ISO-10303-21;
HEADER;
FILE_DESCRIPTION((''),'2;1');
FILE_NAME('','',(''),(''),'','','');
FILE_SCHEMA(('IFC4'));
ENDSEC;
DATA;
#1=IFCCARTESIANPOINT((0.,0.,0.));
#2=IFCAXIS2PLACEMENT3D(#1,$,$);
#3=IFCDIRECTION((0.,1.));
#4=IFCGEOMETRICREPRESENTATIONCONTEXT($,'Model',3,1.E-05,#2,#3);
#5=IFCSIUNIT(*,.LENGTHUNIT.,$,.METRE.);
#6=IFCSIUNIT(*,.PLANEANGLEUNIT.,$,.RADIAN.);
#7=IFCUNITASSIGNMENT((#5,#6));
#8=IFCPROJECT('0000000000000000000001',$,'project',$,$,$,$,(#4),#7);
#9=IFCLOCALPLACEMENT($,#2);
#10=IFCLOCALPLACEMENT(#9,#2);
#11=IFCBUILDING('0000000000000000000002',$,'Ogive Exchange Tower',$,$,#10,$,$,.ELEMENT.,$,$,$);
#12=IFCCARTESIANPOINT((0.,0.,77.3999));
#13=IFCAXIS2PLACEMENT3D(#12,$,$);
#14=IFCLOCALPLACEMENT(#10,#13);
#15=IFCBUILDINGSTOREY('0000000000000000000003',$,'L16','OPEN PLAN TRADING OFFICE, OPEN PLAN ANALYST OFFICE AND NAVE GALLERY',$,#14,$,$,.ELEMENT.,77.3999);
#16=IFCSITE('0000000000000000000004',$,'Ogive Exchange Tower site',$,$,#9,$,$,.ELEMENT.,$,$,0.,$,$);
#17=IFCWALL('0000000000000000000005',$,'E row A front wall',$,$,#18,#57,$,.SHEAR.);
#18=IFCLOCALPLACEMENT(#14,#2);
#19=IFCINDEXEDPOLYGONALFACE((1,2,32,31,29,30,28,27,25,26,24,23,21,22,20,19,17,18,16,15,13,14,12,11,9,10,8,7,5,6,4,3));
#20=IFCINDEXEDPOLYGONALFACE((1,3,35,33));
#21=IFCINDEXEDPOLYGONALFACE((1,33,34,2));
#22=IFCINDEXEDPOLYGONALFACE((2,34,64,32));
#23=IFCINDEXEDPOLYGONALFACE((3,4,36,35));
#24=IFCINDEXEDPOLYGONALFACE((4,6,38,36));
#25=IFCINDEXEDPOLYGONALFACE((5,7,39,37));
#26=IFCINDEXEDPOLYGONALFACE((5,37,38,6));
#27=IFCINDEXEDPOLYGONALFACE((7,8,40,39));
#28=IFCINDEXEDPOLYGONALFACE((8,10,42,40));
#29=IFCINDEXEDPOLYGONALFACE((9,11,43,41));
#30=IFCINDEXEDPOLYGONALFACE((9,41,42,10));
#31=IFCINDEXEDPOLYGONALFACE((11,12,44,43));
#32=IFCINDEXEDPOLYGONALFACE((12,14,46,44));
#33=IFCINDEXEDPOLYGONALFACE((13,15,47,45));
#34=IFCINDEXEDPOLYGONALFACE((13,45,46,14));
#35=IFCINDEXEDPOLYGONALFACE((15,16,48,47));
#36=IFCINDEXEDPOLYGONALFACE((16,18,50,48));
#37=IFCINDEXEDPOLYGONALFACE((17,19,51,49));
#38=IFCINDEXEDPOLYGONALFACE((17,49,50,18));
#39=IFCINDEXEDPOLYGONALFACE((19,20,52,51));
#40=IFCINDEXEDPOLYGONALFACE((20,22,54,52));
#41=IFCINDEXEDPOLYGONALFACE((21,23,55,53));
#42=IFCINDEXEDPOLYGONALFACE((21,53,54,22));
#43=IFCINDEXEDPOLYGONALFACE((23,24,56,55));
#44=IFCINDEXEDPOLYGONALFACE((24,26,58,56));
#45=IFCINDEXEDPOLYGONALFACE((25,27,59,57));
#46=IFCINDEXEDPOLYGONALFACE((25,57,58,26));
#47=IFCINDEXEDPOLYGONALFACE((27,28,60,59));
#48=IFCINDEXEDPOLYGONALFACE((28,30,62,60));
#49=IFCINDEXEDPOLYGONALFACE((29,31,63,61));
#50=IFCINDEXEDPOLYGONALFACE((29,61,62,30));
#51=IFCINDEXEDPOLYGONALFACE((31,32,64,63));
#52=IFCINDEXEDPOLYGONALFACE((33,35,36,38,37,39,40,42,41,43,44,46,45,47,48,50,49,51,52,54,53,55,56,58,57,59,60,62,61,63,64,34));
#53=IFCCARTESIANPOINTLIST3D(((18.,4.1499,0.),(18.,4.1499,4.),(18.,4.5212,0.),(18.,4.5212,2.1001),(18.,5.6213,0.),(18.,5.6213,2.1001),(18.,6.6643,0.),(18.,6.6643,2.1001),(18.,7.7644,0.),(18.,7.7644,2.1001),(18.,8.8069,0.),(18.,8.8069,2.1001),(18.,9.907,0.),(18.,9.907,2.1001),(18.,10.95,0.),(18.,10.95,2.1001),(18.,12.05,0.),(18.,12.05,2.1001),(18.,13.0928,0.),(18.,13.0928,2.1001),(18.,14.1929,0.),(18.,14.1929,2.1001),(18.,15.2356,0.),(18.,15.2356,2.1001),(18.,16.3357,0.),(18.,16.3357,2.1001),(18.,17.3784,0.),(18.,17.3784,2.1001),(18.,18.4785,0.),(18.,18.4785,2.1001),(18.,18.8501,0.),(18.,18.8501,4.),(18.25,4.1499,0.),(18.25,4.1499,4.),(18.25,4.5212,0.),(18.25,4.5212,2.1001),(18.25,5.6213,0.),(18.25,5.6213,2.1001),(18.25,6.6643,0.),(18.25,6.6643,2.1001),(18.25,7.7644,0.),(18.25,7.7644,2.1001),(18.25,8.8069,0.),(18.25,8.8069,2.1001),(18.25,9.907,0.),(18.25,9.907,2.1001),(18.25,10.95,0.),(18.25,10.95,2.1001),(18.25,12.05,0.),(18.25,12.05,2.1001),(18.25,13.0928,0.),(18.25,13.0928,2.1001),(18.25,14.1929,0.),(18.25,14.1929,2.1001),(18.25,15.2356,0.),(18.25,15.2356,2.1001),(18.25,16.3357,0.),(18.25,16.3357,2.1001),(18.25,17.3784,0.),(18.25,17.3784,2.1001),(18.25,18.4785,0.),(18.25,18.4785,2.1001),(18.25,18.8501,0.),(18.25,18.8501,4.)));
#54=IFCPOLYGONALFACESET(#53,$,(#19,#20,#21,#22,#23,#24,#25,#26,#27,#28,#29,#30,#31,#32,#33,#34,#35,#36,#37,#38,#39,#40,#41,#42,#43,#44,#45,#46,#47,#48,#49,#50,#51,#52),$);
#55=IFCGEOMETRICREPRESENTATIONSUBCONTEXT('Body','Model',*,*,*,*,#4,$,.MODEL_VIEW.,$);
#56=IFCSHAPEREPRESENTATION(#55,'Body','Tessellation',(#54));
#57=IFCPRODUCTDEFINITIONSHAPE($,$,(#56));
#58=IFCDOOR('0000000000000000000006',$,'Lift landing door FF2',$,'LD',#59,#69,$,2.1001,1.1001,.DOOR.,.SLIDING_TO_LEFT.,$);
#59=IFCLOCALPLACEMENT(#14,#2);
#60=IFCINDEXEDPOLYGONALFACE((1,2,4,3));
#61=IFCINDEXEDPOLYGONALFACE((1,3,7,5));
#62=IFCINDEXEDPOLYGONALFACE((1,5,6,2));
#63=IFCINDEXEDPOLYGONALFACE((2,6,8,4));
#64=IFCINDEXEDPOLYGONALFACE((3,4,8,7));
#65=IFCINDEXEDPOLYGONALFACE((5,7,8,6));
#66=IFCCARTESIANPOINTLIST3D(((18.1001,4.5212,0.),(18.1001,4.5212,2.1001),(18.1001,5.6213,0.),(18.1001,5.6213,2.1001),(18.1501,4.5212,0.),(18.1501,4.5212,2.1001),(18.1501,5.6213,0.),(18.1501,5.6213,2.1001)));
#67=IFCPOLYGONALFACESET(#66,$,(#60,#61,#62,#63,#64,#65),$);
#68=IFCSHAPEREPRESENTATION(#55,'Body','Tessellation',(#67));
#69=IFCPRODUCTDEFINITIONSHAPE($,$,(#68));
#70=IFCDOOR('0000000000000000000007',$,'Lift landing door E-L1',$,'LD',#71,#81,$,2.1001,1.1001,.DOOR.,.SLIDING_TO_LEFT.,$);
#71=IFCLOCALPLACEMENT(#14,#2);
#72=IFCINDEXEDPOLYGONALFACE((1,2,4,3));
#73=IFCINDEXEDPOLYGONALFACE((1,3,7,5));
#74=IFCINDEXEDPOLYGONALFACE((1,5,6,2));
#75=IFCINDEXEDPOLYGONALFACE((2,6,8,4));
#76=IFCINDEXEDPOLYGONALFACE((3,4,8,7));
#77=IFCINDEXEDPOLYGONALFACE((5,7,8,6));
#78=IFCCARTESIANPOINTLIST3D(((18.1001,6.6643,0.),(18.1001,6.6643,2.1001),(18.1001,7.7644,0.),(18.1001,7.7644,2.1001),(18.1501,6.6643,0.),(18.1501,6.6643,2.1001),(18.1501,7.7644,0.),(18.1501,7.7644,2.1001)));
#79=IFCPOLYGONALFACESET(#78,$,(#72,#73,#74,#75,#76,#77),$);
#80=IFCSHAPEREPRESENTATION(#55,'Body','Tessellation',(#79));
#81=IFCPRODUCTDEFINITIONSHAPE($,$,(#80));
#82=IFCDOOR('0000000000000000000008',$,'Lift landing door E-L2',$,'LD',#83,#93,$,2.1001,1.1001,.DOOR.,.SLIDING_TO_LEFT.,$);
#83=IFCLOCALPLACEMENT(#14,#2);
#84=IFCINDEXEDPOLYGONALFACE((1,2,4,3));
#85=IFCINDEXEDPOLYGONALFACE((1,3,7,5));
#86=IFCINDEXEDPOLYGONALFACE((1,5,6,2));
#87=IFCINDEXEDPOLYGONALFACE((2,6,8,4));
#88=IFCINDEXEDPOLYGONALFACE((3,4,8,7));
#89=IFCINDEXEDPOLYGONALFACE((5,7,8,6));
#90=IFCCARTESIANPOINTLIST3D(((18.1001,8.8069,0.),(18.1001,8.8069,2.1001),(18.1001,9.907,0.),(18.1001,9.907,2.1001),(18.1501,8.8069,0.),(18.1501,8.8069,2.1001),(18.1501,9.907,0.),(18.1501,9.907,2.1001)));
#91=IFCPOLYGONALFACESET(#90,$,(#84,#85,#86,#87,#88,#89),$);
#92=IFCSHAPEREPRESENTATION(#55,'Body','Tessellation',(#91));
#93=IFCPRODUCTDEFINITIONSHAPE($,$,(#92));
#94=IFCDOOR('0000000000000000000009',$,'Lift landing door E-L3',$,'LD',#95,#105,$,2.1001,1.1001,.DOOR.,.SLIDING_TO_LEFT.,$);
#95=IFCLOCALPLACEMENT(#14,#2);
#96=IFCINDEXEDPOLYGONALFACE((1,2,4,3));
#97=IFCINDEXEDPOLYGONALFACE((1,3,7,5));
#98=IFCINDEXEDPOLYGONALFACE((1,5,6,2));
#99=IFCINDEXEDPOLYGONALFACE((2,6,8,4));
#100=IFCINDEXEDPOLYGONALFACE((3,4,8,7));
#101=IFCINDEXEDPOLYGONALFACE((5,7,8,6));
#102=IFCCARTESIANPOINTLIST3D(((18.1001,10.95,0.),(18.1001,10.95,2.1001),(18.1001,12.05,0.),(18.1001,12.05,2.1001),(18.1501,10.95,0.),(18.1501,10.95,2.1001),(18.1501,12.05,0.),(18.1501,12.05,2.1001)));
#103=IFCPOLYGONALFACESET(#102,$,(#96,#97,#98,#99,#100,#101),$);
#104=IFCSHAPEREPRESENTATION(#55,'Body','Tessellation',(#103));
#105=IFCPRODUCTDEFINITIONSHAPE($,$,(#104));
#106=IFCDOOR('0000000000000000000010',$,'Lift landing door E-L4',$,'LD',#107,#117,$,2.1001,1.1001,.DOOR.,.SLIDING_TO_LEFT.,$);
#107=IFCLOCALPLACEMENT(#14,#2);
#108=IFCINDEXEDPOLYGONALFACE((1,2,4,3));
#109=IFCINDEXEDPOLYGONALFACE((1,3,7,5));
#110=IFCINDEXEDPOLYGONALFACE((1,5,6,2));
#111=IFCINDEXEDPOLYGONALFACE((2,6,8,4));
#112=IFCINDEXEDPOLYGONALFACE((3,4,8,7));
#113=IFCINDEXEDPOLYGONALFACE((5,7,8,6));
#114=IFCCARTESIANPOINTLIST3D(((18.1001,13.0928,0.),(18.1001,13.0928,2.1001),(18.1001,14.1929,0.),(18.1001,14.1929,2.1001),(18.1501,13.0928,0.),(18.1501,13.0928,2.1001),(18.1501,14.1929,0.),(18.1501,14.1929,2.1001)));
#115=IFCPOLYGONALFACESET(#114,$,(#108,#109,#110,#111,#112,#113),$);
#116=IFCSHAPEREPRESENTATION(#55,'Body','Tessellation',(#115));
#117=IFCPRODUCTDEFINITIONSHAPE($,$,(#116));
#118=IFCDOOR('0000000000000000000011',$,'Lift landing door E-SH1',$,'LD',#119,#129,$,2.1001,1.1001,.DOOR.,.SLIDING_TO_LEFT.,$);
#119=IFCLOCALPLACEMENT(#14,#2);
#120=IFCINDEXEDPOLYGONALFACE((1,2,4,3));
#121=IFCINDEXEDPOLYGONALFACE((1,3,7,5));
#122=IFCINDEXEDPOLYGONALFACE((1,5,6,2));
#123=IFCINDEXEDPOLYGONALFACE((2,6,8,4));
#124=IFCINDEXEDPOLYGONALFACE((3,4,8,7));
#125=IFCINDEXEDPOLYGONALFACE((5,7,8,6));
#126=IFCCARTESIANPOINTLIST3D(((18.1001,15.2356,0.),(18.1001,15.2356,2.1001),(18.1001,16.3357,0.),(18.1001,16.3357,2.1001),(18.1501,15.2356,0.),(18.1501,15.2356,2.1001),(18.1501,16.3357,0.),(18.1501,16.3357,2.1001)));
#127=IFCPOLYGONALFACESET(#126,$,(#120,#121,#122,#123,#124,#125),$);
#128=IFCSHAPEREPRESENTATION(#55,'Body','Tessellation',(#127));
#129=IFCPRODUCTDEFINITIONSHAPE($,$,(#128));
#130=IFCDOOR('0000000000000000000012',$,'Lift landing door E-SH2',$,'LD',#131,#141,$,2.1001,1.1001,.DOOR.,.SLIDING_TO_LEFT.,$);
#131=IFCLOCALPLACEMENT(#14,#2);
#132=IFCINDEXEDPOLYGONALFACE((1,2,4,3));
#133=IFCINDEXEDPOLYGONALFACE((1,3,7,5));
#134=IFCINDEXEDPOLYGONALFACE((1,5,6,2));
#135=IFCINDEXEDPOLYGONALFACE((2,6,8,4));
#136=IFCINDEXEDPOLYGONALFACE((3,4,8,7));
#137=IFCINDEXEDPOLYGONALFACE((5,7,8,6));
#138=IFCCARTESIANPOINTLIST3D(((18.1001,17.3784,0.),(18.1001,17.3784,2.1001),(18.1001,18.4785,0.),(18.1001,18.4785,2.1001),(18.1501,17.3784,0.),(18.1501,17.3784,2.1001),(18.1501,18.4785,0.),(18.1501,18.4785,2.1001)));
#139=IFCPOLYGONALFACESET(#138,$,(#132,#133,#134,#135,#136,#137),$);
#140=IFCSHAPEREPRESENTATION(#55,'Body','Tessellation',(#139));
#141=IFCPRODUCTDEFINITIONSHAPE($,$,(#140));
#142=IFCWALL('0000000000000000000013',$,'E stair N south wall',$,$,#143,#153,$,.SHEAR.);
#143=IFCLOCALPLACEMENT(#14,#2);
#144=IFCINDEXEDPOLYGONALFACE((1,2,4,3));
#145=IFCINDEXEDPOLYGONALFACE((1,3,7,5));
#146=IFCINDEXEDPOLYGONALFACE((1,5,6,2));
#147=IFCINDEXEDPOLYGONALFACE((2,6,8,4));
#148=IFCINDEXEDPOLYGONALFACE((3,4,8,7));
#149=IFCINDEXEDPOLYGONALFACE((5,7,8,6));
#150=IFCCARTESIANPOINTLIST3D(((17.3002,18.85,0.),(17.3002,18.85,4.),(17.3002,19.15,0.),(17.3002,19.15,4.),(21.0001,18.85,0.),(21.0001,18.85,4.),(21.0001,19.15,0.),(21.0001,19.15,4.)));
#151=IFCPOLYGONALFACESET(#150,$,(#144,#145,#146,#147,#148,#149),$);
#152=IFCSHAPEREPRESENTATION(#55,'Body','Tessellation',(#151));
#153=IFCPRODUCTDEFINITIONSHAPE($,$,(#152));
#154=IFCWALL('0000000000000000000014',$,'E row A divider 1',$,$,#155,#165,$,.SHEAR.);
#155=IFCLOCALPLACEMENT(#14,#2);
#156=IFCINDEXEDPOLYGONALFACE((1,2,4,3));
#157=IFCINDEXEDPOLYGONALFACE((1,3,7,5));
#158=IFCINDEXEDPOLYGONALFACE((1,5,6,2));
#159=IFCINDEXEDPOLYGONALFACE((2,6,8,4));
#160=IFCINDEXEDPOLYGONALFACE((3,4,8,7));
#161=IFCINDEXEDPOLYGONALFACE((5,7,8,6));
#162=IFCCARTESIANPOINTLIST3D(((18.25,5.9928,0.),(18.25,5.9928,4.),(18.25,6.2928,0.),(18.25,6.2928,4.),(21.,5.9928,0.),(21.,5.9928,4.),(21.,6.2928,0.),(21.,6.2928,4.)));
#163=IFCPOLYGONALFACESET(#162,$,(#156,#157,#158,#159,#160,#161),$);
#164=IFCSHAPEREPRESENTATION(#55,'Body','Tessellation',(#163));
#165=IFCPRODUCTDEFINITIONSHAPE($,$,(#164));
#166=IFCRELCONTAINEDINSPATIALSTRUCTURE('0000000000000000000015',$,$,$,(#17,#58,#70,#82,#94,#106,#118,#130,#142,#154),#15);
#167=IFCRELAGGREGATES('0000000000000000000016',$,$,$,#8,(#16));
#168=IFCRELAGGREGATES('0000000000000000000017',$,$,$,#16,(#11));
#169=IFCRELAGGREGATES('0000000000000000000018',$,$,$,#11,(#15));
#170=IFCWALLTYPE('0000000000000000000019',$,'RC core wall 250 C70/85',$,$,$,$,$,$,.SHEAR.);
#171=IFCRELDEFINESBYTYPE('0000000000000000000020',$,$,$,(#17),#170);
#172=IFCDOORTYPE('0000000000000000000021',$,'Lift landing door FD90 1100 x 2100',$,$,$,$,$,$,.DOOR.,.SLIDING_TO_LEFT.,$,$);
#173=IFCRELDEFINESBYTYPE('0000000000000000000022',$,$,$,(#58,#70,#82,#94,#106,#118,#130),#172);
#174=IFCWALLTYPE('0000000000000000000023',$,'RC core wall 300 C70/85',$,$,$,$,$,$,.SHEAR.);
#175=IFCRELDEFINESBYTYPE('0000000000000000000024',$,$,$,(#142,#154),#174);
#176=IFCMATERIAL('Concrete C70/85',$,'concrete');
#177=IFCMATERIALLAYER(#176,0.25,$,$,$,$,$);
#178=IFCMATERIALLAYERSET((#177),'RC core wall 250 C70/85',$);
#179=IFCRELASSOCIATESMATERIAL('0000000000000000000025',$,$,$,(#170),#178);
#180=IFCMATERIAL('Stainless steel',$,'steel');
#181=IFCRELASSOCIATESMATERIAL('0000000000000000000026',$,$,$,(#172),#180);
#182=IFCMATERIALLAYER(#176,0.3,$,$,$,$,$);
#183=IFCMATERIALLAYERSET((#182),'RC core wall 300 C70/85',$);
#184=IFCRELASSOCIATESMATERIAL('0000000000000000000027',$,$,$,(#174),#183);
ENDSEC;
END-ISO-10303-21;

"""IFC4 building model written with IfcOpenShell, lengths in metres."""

from ifc_helpers import new_model, si_unit, direction, frame, frame_2d, origin, place, context, subcontext, project, spatial, rectangle, extrude, material, layer, layer_set, type_object, element, fill, save


model = new_model("IFC4")

# Units and contexts
model_context = context("Model", 3, precision=1e-05, world=origin(), true_north=direction((0.0, 1.0)))
body_context = subcontext(model_context, "Body", "Model", "MODEL_VIEW")
ifc_project = project(units=[si_unit("LENGTHUNIT", "METRE"), si_unit("PLANEANGLEUNIT", "RADIAN")], contexts=[model_context])

# Site, building, storey
site_placement = place(None, origin())
site = spatial("IfcSite", under=ifc_project, at=site_placement, Name="Ogive Exchange Tower site", CompositionType="ELEMENT", RefElevation=0.0)
building_placement = place(site_placement, origin())
building = spatial("IfcBuilding", under=site, at=building_placement, Name="Ogive Exchange Tower", CompositionType="ELEMENT")
storey_placement = place(building_placement, frame((0.0, 0.0, 77.3999)))
storey = spatial("IfcBuildingStorey", under=building, at=storey_placement, Name="L16", Description="OPEN PLAN TRADING OFFICE, OPEN PLAN ANALYST OFFICE AND NAVE GALLERY", CompositionType="ELEMENT", Elevation=77.3999)

# Shared definitions
ifc_material_1 = material(Name="Concrete C70/85", Category="concrete")
ifc_layer_1 = layer(ifc_material_1, 0.25)
ifc_layer_set_1 = layer_set([ifc_layer_1], Name="RC core wall 250 C70/85")
wall_type_1 = type_object("IfcWallType", Name="RC core wall 250 C70/85", PredefinedType="SHEAR", material=ifc_layer_set_1)

# Wall, openings, doors
wall_1_placement = place(storey_placement, frame((18.125, 4.1499, 0.0), z_axis=(0.0, 0.0, 1.0), x_axis=(0.0, 1.0, 0.0)))
wall_1 = element("IfcWall", 1, at=wall_1_placement, inside=storey, type_object=wall_type_1, Name="E row A front wall", PredefinedType="SHEAR", context=body_context, shape_type="SweptSolid", body=[
    extrude(rectangle(XDim=14.7002, YDim=0.25, at=frame_2d((7.3501, 0.0))), origin(), (0.0, 0.0, 1.0), 4.0),
])
opening_1_placement = place(wall_1_placement, frame((0.3713, 0.0, 0.0)))
opening_1 = element("IfcOpeningElement", 2, at=opening_1_placement, cuts=wall_1, PredefinedType="OPENING", context=body_context, shape_type="SweptSolid", body=[
    extrude(rectangle(XDim=1.1001, YDim=2.1001, at=frame_2d((0.55, 1.05))), frame((0.0, 0.135, 0.0), z_axis=(0.0, -1.0, 0.0), x_axis=(1.0, 0.0, 0.0)), (0.0, 0.0, 1.0), 0.27),
])
opening_2_placement = place(wall_1_placement, frame((2.5144, 0.0, 0.0)))
opening_2 = element("IfcOpeningElement", 3, at=opening_2_placement, cuts=wall_1, PredefinedType="OPENING", context=body_context, shape_type="SweptSolid", body=[
    extrude(rectangle(XDim=1.1001, YDim=2.1001, at=frame_2d((0.55, 1.05))), frame((0.0, 0.135, 0.0), z_axis=(0.0, -1.0, 0.0), x_axis=(1.0, 0.0, 0.0)), (0.0, 0.0, 1.0), 0.27),
])
opening_3_placement = place(wall_1_placement, frame((4.657, 0.0, 0.0)))
opening_3 = element("IfcOpeningElement", 4, at=opening_3_placement, cuts=wall_1, PredefinedType="OPENING", context=body_context, shape_type="SweptSolid", body=[
    extrude(rectangle(XDim=1.1001, YDim=2.1001, at=frame_2d((0.55, 1.05))), frame((0.0, 0.135, 0.0), z_axis=(0.0, -1.0, 0.0), x_axis=(1.0, 0.0, 0.0)), (0.0, 0.0, 1.0), 0.27),
])
opening_4_placement = place(wall_1_placement, frame((6.8, 0.0, 0.0)))
opening_4 = element("IfcOpeningElement", 5, at=opening_4_placement, cuts=wall_1, PredefinedType="OPENING", context=body_context, shape_type="SweptSolid", body=[
    extrude(rectangle(XDim=1.1001, YDim=2.1001, at=frame_2d((0.55, 1.05))), frame((0.0, 0.135, 0.0), z_axis=(0.0, -1.0, 0.0), x_axis=(1.0, 0.0, 0.0)), (0.0, 0.0, 1.0), 0.27),
])
opening_5_placement = place(wall_1_placement, frame((8.9429, 0.0, 0.0)))
opening_5 = element("IfcOpeningElement", 6, at=opening_5_placement, cuts=wall_1, PredefinedType="OPENING", context=body_context, shape_type="SweptSolid", body=[
    extrude(rectangle(XDim=1.1001, YDim=2.1001, at=frame_2d((0.55, 1.05))), frame((0.0, 0.135, 0.0), z_axis=(0.0, -1.0, 0.0), x_axis=(1.0, 0.0, 0.0)), (0.0, 0.0, 1.0), 0.27),
])
opening_6_placement = place(wall_1_placement, frame((11.0857, 0.0, 0.0)))
opening_6 = element("IfcOpeningElement", 7, at=opening_6_placement, cuts=wall_1, PredefinedType="OPENING", context=body_context, shape_type="SweptSolid", body=[
    extrude(rectangle(XDim=1.1001, YDim=2.1001, at=frame_2d((0.55, 1.05))), frame((0.0, 0.135, 0.0), z_axis=(0.0, -1.0, 0.0), x_axis=(1.0, 0.0, 0.0)), (0.0, 0.0, 1.0), 0.27),
])
opening_7_placement = place(wall_1_placement, frame((13.2285, 0.0, 0.0)))
opening_7 = element("IfcOpeningElement", 8, at=opening_7_placement, cuts=wall_1, PredefinedType="OPENING", context=body_context, shape_type="SweptSolid", body=[
    extrude(rectangle(XDim=1.1001, YDim=2.1001, at=frame_2d((0.55, 1.05))), frame((0.0, 0.135, 0.0), z_axis=(0.0, -1.0, 0.0), x_axis=(1.0, 0.0, 0.0)), (0.0, 0.0, 1.0), 0.27),
])
ifc_material_2 = material(Name="Stainless steel", Category="steel")
door_type_1 = type_object("IfcDoorType", Name="Lift landing door FD90 1100 x 2100", OperationType="SLIDING_TO_LEFT", PredefinedType="DOOR", material=ifc_material_2)
door_1_placement = place(opening_1_placement, origin())
door_1 = element("IfcDoor", 9, at=door_1_placement, inside=storey, type_object=door_type_1, Name="Lift landing door FF2", ObjectType="LD", OperationType="SLIDING_TO_LEFT", OverallHeight=2.1001, OverallWidth=1.1001, PredefinedType="DOOR", context=body_context, shape_type="SweptSolid", body=[
    extrude(rectangle(XDim=1.1001, YDim=2.1001, at=frame_2d((0.55, 1.05))), frame((0.0, 0.0249, 0.0), z_axis=(0.0, -1.0, 0.0), x_axis=(1.0, 0.0, 0.0)), (0.0, 0.0, 1.0), 0.05),
])
fill(opening_1, door_1)
door_2_placement = place(opening_2_placement, origin())
door_2 = element("IfcDoor", 10, at=door_2_placement, inside=storey, type_object=door_type_1, Name="Lift landing door E-L1", ObjectType="LD", OperationType="SLIDING_TO_LEFT", OverallHeight=2.1001, OverallWidth=1.1001, PredefinedType="DOOR", context=body_context, shape_type="SweptSolid", body=[
    extrude(rectangle(XDim=1.1001, YDim=2.1001, at=frame_2d((0.55, 1.05))), frame((0.0, 0.0249, 0.0), z_axis=(0.0, -1.0, 0.0), x_axis=(1.0, 0.0, 0.0)), (0.0, 0.0, 1.0), 0.05),
])
fill(opening_2, door_2)
door_3_placement = place(opening_3_placement, origin())
door_3 = element("IfcDoor", 11, at=door_3_placement, inside=storey, type_object=door_type_1, Name="Lift landing door E-L2", ObjectType="LD", OperationType="SLIDING_TO_LEFT", OverallHeight=2.1001, OverallWidth=1.1001, PredefinedType="DOOR", context=body_context, shape_type="SweptSolid", body=[
    extrude(rectangle(XDim=1.1001, YDim=2.1001, at=frame_2d((0.55, 1.05))), frame((0.0, 0.0249, 0.0), z_axis=(0.0, -1.0, 0.0), x_axis=(1.0, 0.0, 0.0)), (0.0, 0.0, 1.0), 0.05),
])
fill(opening_3, door_3)
door_4_placement = place(opening_4_placement, origin())
door_4 = element("IfcDoor", 12, at=door_4_placement, inside=storey, type_object=door_type_1, Name="Lift landing door E-L3", ObjectType="LD", OperationType="SLIDING_TO_LEFT", OverallHeight=2.1001, OverallWidth=1.1001, PredefinedType="DOOR", context=body_context, shape_type="SweptSolid", body=[
    extrude(rectangle(XDim=1.1001, YDim=2.1001, at=frame_2d((0.55, 1.05))), frame((0.0, 0.0249, 0.0), z_axis=(0.0, -1.0, 0.0), x_axis=(1.0, 0.0, 0.0)), (0.0, 0.0, 1.0), 0.05),
])
fill(opening_4, door_4)
door_5_placement = place(opening_5_placement, origin())
door_5 = element("IfcDoor", 13, at=door_5_placement, inside=storey, type_object=door_type_1, Name="Lift landing door E-L4", ObjectType="LD", OperationType="SLIDING_TO_LEFT", OverallHeight=2.1001, OverallWidth=1.1001, PredefinedType="DOOR", context=body_context, shape_type="SweptSolid", body=[
    extrude(rectangle(XDim=1.1001, YDim=2.1001, at=frame_2d((0.55, 1.05))), frame((0.0, 0.0249, 0.0), z_axis=(0.0, -1.0, 0.0), x_axis=(1.0, 0.0, 0.0)), (0.0, 0.0, 1.0), 0.05),
])
fill(opening_5, door_5)
door_6_placement = place(opening_6_placement, origin())
door_6 = element("IfcDoor", 14, at=door_6_placement, inside=storey, type_object=door_type_1, Name="Lift landing door E-SH1", ObjectType="LD", OperationType="SLIDING_TO_LEFT", OverallHeight=2.1001, OverallWidth=1.1001, PredefinedType="DOOR", context=body_context, shape_type="SweptSolid", body=[
    extrude(rectangle(XDim=1.1001, YDim=2.1001, at=frame_2d((0.55, 1.05))), frame((0.0, 0.0249, 0.0), z_axis=(0.0, -1.0, 0.0), x_axis=(1.0, 0.0, 0.0)), (0.0, 0.0, 1.0), 0.05),
])
fill(opening_6, door_6)
door_7_placement = place(opening_7_placement, origin())
door_7 = element("IfcDoor", 15, at=door_7_placement, inside=storey, type_object=door_type_1, Name="Lift landing door E-SH2", ObjectType="LD", OperationType="SLIDING_TO_LEFT", OverallHeight=2.1001, OverallWidth=1.1001, PredefinedType="DOOR", context=body_context, shape_type="SweptSolid", body=[
    extrude(rectangle(XDim=1.1001, YDim=2.1001, at=frame_2d((0.55, 1.05))), frame((0.0, 0.0249, 0.0), z_axis=(0.0, -1.0, 0.0), x_axis=(1.0, 0.0, 0.0)), (0.0, 0.0, 1.0), 0.05),
])
fill(opening_7, door_7)

# Walls
ifc_layer_2 = layer(ifc_material_1, 0.3)
ifc_layer_set_2 = layer_set([ifc_layer_2], Name="RC core wall 300 C70/85")
wall_type_2 = type_object("IfcWallType", Name="RC core wall 300 C70/85", PredefinedType="SHEAR", material=ifc_layer_set_2)
wall_2_placement = place(storey_placement, frame((17.3, 19.0, 0.0), z_axis=(0.0, 0.0, 1.0), x_axis=(1.0, 0.0, 0.0)))
element("IfcWall", 16, at=wall_2_placement, inside=storey, type_object=wall_type_2, Name="E stair N south wall", PredefinedType="SHEAR", context=body_context, shape_type="SweptSolid", body=[
    extrude(rectangle(XDim=3.7, YDim=0.3, at=frame_2d((1.8501, 0.0))), origin(), (0.0, 0.0, 1.0), 4.0),
])
for number, where, z_axis, x_axis, name in (
    (17, (18.25, 6.1428, 0.0), (0.0, 0.0, 1.0), (1.0, 0.0, 0.0), "E row A divider 1"),
):
    element("IfcWall", number, at=place(storey_placement, frame(where, z_axis=z_axis, x_axis=x_axis)), inside=storey, type_object=wall_type_2, Name=name, PredefinedType="SHEAR", context=body_context, shape_type="SweptSolid", body=[
        extrude(rectangle(XDim=2.75, YDim=0.3, at=frame_2d((1.375, 0.0))), origin(), (0.0, 0.0, 1.0), 4.0),
    ])

save(model, "model.ifc")
